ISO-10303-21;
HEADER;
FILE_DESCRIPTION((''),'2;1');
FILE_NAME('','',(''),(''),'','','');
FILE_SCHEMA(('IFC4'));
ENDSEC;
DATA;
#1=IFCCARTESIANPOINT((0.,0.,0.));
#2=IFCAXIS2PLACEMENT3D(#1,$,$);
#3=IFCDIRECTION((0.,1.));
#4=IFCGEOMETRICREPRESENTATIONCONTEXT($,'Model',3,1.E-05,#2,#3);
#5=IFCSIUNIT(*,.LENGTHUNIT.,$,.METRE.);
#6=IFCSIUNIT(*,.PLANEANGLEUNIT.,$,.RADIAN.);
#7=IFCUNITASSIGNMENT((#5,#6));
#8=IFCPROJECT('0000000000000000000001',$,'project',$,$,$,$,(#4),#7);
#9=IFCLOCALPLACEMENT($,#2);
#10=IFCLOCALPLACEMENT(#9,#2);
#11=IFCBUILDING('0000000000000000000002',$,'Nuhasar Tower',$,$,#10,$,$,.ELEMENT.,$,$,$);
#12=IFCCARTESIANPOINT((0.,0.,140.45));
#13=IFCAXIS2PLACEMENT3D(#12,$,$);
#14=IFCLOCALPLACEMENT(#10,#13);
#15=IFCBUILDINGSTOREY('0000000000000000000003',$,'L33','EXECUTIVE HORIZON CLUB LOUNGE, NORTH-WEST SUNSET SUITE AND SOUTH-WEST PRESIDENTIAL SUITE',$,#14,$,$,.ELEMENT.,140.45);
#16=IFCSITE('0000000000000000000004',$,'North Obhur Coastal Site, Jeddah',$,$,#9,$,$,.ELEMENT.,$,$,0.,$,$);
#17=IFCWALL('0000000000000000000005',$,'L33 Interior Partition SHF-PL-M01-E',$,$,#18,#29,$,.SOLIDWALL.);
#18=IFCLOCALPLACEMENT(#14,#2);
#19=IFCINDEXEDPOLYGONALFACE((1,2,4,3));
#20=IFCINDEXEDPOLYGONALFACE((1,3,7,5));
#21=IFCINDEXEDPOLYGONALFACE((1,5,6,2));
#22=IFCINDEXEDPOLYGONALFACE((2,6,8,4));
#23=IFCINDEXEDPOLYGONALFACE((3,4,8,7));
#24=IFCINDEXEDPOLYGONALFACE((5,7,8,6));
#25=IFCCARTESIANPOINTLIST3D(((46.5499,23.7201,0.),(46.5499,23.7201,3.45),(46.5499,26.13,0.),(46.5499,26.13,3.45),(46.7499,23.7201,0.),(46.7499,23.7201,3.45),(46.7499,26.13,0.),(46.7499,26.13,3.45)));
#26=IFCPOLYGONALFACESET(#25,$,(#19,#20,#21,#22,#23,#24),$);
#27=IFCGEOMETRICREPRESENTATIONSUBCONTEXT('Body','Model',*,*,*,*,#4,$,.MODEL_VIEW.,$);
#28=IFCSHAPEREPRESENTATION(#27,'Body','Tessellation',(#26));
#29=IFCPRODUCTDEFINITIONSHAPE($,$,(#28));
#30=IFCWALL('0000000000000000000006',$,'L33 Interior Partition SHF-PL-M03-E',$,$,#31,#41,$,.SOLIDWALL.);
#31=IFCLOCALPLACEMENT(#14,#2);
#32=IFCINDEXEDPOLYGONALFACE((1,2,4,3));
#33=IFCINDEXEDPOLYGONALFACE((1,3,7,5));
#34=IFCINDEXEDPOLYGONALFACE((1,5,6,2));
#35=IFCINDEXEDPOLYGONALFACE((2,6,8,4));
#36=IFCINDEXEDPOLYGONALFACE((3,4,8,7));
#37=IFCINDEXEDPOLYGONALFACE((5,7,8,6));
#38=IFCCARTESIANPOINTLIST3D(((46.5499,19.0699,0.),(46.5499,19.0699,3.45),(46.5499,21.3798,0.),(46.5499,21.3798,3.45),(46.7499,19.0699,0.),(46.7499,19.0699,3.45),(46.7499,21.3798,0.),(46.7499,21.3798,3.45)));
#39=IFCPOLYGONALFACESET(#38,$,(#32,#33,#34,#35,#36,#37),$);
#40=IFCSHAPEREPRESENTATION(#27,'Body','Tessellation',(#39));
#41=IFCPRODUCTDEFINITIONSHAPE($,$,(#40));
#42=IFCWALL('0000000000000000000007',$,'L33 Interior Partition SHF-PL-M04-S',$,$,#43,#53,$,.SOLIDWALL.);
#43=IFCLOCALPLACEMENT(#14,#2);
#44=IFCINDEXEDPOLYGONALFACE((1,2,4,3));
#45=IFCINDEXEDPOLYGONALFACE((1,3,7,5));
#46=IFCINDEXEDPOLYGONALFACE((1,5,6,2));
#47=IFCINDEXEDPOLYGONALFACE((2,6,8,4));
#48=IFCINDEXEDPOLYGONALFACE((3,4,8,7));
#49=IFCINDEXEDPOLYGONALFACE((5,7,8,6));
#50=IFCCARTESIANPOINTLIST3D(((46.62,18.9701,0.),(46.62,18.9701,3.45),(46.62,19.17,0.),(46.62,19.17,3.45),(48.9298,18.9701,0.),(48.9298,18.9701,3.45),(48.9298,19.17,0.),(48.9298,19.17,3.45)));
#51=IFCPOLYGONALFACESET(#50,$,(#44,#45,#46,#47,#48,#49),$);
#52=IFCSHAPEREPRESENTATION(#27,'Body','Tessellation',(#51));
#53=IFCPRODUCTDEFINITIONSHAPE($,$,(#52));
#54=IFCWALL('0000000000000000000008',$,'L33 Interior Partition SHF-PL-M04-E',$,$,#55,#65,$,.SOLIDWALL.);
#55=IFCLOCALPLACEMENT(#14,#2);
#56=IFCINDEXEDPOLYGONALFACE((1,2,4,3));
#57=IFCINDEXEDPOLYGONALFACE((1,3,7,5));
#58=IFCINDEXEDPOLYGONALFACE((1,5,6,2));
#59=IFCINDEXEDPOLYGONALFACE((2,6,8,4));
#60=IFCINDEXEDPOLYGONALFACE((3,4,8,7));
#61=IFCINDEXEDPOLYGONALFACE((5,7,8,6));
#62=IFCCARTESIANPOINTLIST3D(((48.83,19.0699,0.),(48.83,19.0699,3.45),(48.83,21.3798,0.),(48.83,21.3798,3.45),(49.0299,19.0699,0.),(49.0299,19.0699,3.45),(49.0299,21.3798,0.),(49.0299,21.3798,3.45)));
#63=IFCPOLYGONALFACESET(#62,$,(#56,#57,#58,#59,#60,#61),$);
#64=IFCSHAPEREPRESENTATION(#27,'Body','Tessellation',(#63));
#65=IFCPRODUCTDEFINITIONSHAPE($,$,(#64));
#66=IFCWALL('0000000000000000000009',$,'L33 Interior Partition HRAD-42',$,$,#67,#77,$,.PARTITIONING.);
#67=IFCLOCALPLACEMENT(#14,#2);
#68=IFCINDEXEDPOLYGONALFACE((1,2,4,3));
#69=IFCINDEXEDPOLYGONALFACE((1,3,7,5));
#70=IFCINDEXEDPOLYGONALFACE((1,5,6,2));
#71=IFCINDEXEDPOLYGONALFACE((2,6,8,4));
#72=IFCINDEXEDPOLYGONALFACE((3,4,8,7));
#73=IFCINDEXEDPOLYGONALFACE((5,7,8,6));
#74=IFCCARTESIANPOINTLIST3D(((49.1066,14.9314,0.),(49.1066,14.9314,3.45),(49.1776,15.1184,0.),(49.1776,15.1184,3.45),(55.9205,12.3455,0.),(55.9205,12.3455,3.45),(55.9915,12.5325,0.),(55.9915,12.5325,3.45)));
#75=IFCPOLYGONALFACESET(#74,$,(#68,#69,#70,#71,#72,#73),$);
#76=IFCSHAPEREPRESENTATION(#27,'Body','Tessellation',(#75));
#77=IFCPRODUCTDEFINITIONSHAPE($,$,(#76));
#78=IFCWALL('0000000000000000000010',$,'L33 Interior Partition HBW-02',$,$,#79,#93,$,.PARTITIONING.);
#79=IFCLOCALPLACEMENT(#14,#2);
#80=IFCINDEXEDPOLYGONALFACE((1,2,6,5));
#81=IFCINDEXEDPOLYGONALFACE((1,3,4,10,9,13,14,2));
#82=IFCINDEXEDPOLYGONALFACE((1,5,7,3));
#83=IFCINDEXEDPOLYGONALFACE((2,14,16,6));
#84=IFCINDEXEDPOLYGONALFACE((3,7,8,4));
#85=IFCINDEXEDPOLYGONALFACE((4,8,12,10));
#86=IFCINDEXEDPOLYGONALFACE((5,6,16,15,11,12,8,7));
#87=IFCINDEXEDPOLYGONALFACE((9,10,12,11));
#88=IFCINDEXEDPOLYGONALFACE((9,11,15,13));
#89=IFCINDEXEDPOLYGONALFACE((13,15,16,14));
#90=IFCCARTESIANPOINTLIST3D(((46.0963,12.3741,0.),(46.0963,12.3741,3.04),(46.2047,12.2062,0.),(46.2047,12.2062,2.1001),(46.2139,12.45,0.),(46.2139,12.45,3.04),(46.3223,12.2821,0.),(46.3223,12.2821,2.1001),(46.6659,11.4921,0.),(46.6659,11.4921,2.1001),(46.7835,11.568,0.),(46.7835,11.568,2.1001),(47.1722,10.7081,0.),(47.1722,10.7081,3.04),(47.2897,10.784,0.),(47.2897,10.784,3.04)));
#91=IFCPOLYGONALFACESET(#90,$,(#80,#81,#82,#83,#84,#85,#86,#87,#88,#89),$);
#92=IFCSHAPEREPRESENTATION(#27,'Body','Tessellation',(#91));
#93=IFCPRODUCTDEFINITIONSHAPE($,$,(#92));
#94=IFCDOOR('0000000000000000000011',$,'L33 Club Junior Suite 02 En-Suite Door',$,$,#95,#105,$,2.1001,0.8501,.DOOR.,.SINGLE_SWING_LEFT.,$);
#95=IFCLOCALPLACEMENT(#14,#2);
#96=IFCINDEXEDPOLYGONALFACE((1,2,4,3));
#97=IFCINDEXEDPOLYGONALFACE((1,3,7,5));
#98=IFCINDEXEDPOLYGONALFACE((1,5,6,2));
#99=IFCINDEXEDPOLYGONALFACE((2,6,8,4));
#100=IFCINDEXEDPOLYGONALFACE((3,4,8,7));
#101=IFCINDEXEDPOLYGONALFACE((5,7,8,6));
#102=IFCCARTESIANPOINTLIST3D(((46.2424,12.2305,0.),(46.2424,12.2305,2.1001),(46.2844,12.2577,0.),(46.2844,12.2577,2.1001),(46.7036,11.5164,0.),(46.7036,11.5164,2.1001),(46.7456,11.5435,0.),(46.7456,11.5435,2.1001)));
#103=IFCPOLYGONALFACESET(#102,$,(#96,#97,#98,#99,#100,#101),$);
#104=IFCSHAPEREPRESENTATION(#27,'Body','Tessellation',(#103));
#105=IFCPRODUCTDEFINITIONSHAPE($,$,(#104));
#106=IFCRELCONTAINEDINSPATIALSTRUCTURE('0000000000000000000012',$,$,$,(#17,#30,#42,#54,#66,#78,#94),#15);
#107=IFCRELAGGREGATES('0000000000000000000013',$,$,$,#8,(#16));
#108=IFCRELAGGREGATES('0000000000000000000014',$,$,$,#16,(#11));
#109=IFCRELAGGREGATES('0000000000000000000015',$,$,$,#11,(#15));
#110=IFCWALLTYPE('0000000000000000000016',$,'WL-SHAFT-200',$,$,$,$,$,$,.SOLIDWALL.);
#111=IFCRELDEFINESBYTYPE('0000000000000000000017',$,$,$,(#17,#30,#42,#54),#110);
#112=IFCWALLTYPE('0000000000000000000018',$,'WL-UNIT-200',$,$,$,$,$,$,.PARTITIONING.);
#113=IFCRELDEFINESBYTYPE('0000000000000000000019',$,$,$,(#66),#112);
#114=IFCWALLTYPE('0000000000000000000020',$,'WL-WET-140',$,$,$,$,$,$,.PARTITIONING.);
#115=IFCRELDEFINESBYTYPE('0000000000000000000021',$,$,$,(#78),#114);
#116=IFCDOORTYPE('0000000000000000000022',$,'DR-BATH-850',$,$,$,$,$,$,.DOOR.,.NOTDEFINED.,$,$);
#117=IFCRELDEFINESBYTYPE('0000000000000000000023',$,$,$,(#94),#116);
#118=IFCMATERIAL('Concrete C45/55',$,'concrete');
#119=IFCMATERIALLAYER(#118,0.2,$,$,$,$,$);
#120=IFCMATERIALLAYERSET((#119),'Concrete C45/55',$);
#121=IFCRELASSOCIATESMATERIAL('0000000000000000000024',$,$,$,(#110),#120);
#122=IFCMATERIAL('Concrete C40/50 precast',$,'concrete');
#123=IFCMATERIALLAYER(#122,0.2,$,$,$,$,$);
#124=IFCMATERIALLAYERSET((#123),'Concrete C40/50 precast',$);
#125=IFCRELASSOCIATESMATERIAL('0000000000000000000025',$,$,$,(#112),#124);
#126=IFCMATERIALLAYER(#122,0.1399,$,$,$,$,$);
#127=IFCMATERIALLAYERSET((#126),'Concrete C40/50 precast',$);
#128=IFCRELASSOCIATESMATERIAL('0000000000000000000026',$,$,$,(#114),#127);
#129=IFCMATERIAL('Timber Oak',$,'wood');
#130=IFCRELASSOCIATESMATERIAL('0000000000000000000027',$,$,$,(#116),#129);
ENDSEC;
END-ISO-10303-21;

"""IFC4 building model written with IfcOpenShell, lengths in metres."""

from ifc_helpers import new_model, si_unit, direction, frame, frame_2d, origin, place, context, subcontext, project, spatial, rectangle, extrude, material, layer, layer_set, type_object, element, fill, save


model = new_model("IFC4")

# Units and contexts
model_context = context("Model", 3, precision=1e-05, world=origin(), true_north=direction((0.0, 1.0)))
body_context = subcontext(model_context, "Body", "Model", "MODEL_VIEW")
ifc_project = project(units=[si_unit("LENGTHUNIT", "METRE"), si_unit("PLANEANGLEUNIT", "RADIAN")], contexts=[model_context])

# Site, building, storey
site_placement = place(None, origin())
site = spatial("IfcSite", under=ifc_project, at=site_placement, Name="North Obhur Coastal Site, Jeddah", CompositionType="ELEMENT", RefElevation=0.0)
building_placement = place(site_placement, origin())
building = spatial("IfcBuilding", under=site, at=building_placement, Name="Nuhasar Tower", CompositionType="ELEMENT")
storey_placement = place(building_placement, frame((0.0, 0.0, 140.45)))
storey = spatial("IfcBuildingStorey", under=building, at=storey_placement, Name="L33", Description="EXECUTIVE HORIZON CLUB LOUNGE, NORTH-WEST SUNSET SUITE AND SOUTH-WEST PRESIDENTIAL SUITE", CompositionType="ELEMENT", Elevation=140.45)

# Shared definitions
ifc_material_1 = material(Name="Timber Oak", Category="wood")

# Shared definitions
ifc_material_2 = material(Name="Concrete C45/55", Category="concrete")

# Wall
ifc_layer_1 = layer(ifc_material_2, 0.2)
ifc_layer_set_1 = layer_set([ifc_layer_1], Name="Concrete C45/55")
wall_type_1 = type_object("IfcWallType", Name="WL-SHAFT-200", PredefinedType="SOLIDWALL", material=ifc_layer_set_1)
wall_1_placement = place(storey_placement, frame((46.6499, 23.72, 0.0), z_axis=(0.0, 0.0, 1.0), x_axis=(0.0, 1.0, 0.0)))
element("IfcWall", 1, at=wall_1_placement, inside=storey, type_object=wall_type_1, Name="L33 Interior Partition SHF-PL-M01-E", PredefinedType="SOLIDWALL", context=body_context, shape_type="SweptSolid", body=[
    extrude(rectangle(XDim=2.4099, YDim=0.2, at=frame_2d((1.2051, 0.0))), origin(), (0.0, 0.0, 1.0), 3.45),
])

# Walls
for number, where, z_axis, x_axis, name in (
    (2, (46.6499, 19.0701, 0.0), (0.0, 0.0, 1.0), (0.0, 1.0, 0.0), "L33 Interior Partition SHF-PL-M03-E"),
    (3, (46.6201, 19.0701, 0.0), (0.0, 0.0, 1.0), (1.0, 0.0, 0.0), "L33 Interior Partition SHF-PL-M04-S"),
):
    element("IfcWall", number, at=place(storey_placement, frame(where, z_axis=z_axis, x_axis=x_axis)), inside=storey, type_object=wall_type_1, Name=name, PredefinedType="SOLIDWALL", context=body_context, shape_type="SweptSolid", body=[
        extrude(rectangle(XDim=2.3098, YDim=0.2, at=frame_2d((1.1548, 0.0))), origin(), (0.0, 0.0, 1.0), 3.45),
    ])

# Walls
wall_2_placement = place(storey_placement, frame((48.9299, 19.0701, 0.0), z_axis=(0.0, 0.0, 1.0), x_axis=(0.0, 1.0, 0.0)))
element("IfcWall", 4, at=wall_2_placement, inside=storey, type_object=wall_type_1, Name="L33 Interior Partition SHF-PL-M04-E", PredefinedType="SOLIDWALL", context=body_context, shape_type="SweptSolid", body=[
    extrude(rectangle(XDim=2.3098, YDim=0.2, at=frame_2d((1.1548, 0.0))), origin(), (0.0, 0.0, 1.0), 3.45),
])
ifc_material_3 = material(Name="Concrete C40/50 precast", Category="concrete")
ifc_layer_2 = layer(ifc_material_3, 0.2)
ifc_layer_set_2 = layer_set([ifc_layer_2], Name="Concrete C40/50 precast")
wall_type_2 = type_object("IfcWallType", Name="WL-UNIT-200", PredefinedType="PARTITIONING", material=ifc_layer_set_2)
wall_3_placement = place(storey_placement, frame((49.1421, 15.0249, 0.0), z_axis=(0.0, 0.0, 1.0), x_axis=(0.934937, -0.354814, 0.0)))
element("IfcWall", 5, at=wall_3_placement, inside=storey, type_object=wall_type_2, Name="L33 Interior Partition HRAD-42", PredefinedType="PARTITIONING", context=body_context, shape_type="SweptSolid", body=[
    extrude(rectangle(XDim=7.2881, YDim=0.2, at=frame_2d((3.644, 0.0))), origin(), (0.0, 0.0, 1.0), 3.45),
])

# Wall, opening, door
ifc_layer_3 = layer(ifc_material_3, 0.1399)
ifc_layer_set_3 = layer_set([ifc_layer_3], Name="Concrete C40/50 precast")
wall_type_3 = type_object("IfcWallType", Name="WL-WET-140", PredefinedType="PARTITIONING", material=ifc_layer_set_3)
wall_4_placement = place(storey_placement, frame((46.155, 12.4121, 0.0), z_axis=(0.0, 0.0, 1.0), x_axis=(0.542511, -0.840049, 0.0)))
wall_4 = element("IfcWall", 6, at=wall_4_placement, inside=storey, type_object=wall_type_3, Name="L33 Interior Partition HBW-02", PredefinedType="PARTITIONING", context=body_context, shape_type="SweptSolid", body=[
    extrude(rectangle(XDim=1.9832, YDim=0.1399, at=frame_2d((0.9917, 0.0))), origin(), (0.0, 0.0, 1.0), 3.04),
])
opening_1_placement = place(wall_4_placement, frame((0.2, 0.0, 0.0)))
opening_1 = element("IfcOpeningElement", 7, at=opening_1_placement, cuts=wall_4, PredefinedType="OPENING", context=body_context, shape_type="SweptSolid", body=[
    extrude(rectangle(XDim=0.8501, YDim=2.1001, at=frame_2d((0.425, 1.05))), frame((0.0, 0.0801, 0.0), z_axis=(0.0, -1.0, 0.0), x_axis=(1.0, 0.0, 0.0)), (0.0, 0.0, 1.0), 0.1599),
])
door_type_1 = type_object("IfcDoorType", Name="DR-BATH-850", OperationType="NOTDEFINED", PredefinedType="DOOR", material=ifc_material_1)
door_1_placement = place(opening_1_placement, origin())
door_1 = element("IfcDoor", 8, at=door_1_placement, inside=storey, type_object=door_type_1, Name="L33 Club Junior Suite 02 En-Suite Door", OperationType="SINGLE_SWING_LEFT", OverallHeight=2.1001, OverallWidth=0.8501, PredefinedType="DOOR", context=body_context, shape_type="SweptSolid", body=[
    extrude(rectangle(XDim=0.8501, YDim=2.1001, at=frame_2d((0.425, 1.05))), frame((0.0, 0.0249, 0.0), z_axis=(0.0, -1.0, 0.0), x_axis=(1.0, 0.0, 0.0)), (0.0, 0.0, 1.0), 0.05),
])
fill(opening_1, door_1)

save(model, "model.ifc")
